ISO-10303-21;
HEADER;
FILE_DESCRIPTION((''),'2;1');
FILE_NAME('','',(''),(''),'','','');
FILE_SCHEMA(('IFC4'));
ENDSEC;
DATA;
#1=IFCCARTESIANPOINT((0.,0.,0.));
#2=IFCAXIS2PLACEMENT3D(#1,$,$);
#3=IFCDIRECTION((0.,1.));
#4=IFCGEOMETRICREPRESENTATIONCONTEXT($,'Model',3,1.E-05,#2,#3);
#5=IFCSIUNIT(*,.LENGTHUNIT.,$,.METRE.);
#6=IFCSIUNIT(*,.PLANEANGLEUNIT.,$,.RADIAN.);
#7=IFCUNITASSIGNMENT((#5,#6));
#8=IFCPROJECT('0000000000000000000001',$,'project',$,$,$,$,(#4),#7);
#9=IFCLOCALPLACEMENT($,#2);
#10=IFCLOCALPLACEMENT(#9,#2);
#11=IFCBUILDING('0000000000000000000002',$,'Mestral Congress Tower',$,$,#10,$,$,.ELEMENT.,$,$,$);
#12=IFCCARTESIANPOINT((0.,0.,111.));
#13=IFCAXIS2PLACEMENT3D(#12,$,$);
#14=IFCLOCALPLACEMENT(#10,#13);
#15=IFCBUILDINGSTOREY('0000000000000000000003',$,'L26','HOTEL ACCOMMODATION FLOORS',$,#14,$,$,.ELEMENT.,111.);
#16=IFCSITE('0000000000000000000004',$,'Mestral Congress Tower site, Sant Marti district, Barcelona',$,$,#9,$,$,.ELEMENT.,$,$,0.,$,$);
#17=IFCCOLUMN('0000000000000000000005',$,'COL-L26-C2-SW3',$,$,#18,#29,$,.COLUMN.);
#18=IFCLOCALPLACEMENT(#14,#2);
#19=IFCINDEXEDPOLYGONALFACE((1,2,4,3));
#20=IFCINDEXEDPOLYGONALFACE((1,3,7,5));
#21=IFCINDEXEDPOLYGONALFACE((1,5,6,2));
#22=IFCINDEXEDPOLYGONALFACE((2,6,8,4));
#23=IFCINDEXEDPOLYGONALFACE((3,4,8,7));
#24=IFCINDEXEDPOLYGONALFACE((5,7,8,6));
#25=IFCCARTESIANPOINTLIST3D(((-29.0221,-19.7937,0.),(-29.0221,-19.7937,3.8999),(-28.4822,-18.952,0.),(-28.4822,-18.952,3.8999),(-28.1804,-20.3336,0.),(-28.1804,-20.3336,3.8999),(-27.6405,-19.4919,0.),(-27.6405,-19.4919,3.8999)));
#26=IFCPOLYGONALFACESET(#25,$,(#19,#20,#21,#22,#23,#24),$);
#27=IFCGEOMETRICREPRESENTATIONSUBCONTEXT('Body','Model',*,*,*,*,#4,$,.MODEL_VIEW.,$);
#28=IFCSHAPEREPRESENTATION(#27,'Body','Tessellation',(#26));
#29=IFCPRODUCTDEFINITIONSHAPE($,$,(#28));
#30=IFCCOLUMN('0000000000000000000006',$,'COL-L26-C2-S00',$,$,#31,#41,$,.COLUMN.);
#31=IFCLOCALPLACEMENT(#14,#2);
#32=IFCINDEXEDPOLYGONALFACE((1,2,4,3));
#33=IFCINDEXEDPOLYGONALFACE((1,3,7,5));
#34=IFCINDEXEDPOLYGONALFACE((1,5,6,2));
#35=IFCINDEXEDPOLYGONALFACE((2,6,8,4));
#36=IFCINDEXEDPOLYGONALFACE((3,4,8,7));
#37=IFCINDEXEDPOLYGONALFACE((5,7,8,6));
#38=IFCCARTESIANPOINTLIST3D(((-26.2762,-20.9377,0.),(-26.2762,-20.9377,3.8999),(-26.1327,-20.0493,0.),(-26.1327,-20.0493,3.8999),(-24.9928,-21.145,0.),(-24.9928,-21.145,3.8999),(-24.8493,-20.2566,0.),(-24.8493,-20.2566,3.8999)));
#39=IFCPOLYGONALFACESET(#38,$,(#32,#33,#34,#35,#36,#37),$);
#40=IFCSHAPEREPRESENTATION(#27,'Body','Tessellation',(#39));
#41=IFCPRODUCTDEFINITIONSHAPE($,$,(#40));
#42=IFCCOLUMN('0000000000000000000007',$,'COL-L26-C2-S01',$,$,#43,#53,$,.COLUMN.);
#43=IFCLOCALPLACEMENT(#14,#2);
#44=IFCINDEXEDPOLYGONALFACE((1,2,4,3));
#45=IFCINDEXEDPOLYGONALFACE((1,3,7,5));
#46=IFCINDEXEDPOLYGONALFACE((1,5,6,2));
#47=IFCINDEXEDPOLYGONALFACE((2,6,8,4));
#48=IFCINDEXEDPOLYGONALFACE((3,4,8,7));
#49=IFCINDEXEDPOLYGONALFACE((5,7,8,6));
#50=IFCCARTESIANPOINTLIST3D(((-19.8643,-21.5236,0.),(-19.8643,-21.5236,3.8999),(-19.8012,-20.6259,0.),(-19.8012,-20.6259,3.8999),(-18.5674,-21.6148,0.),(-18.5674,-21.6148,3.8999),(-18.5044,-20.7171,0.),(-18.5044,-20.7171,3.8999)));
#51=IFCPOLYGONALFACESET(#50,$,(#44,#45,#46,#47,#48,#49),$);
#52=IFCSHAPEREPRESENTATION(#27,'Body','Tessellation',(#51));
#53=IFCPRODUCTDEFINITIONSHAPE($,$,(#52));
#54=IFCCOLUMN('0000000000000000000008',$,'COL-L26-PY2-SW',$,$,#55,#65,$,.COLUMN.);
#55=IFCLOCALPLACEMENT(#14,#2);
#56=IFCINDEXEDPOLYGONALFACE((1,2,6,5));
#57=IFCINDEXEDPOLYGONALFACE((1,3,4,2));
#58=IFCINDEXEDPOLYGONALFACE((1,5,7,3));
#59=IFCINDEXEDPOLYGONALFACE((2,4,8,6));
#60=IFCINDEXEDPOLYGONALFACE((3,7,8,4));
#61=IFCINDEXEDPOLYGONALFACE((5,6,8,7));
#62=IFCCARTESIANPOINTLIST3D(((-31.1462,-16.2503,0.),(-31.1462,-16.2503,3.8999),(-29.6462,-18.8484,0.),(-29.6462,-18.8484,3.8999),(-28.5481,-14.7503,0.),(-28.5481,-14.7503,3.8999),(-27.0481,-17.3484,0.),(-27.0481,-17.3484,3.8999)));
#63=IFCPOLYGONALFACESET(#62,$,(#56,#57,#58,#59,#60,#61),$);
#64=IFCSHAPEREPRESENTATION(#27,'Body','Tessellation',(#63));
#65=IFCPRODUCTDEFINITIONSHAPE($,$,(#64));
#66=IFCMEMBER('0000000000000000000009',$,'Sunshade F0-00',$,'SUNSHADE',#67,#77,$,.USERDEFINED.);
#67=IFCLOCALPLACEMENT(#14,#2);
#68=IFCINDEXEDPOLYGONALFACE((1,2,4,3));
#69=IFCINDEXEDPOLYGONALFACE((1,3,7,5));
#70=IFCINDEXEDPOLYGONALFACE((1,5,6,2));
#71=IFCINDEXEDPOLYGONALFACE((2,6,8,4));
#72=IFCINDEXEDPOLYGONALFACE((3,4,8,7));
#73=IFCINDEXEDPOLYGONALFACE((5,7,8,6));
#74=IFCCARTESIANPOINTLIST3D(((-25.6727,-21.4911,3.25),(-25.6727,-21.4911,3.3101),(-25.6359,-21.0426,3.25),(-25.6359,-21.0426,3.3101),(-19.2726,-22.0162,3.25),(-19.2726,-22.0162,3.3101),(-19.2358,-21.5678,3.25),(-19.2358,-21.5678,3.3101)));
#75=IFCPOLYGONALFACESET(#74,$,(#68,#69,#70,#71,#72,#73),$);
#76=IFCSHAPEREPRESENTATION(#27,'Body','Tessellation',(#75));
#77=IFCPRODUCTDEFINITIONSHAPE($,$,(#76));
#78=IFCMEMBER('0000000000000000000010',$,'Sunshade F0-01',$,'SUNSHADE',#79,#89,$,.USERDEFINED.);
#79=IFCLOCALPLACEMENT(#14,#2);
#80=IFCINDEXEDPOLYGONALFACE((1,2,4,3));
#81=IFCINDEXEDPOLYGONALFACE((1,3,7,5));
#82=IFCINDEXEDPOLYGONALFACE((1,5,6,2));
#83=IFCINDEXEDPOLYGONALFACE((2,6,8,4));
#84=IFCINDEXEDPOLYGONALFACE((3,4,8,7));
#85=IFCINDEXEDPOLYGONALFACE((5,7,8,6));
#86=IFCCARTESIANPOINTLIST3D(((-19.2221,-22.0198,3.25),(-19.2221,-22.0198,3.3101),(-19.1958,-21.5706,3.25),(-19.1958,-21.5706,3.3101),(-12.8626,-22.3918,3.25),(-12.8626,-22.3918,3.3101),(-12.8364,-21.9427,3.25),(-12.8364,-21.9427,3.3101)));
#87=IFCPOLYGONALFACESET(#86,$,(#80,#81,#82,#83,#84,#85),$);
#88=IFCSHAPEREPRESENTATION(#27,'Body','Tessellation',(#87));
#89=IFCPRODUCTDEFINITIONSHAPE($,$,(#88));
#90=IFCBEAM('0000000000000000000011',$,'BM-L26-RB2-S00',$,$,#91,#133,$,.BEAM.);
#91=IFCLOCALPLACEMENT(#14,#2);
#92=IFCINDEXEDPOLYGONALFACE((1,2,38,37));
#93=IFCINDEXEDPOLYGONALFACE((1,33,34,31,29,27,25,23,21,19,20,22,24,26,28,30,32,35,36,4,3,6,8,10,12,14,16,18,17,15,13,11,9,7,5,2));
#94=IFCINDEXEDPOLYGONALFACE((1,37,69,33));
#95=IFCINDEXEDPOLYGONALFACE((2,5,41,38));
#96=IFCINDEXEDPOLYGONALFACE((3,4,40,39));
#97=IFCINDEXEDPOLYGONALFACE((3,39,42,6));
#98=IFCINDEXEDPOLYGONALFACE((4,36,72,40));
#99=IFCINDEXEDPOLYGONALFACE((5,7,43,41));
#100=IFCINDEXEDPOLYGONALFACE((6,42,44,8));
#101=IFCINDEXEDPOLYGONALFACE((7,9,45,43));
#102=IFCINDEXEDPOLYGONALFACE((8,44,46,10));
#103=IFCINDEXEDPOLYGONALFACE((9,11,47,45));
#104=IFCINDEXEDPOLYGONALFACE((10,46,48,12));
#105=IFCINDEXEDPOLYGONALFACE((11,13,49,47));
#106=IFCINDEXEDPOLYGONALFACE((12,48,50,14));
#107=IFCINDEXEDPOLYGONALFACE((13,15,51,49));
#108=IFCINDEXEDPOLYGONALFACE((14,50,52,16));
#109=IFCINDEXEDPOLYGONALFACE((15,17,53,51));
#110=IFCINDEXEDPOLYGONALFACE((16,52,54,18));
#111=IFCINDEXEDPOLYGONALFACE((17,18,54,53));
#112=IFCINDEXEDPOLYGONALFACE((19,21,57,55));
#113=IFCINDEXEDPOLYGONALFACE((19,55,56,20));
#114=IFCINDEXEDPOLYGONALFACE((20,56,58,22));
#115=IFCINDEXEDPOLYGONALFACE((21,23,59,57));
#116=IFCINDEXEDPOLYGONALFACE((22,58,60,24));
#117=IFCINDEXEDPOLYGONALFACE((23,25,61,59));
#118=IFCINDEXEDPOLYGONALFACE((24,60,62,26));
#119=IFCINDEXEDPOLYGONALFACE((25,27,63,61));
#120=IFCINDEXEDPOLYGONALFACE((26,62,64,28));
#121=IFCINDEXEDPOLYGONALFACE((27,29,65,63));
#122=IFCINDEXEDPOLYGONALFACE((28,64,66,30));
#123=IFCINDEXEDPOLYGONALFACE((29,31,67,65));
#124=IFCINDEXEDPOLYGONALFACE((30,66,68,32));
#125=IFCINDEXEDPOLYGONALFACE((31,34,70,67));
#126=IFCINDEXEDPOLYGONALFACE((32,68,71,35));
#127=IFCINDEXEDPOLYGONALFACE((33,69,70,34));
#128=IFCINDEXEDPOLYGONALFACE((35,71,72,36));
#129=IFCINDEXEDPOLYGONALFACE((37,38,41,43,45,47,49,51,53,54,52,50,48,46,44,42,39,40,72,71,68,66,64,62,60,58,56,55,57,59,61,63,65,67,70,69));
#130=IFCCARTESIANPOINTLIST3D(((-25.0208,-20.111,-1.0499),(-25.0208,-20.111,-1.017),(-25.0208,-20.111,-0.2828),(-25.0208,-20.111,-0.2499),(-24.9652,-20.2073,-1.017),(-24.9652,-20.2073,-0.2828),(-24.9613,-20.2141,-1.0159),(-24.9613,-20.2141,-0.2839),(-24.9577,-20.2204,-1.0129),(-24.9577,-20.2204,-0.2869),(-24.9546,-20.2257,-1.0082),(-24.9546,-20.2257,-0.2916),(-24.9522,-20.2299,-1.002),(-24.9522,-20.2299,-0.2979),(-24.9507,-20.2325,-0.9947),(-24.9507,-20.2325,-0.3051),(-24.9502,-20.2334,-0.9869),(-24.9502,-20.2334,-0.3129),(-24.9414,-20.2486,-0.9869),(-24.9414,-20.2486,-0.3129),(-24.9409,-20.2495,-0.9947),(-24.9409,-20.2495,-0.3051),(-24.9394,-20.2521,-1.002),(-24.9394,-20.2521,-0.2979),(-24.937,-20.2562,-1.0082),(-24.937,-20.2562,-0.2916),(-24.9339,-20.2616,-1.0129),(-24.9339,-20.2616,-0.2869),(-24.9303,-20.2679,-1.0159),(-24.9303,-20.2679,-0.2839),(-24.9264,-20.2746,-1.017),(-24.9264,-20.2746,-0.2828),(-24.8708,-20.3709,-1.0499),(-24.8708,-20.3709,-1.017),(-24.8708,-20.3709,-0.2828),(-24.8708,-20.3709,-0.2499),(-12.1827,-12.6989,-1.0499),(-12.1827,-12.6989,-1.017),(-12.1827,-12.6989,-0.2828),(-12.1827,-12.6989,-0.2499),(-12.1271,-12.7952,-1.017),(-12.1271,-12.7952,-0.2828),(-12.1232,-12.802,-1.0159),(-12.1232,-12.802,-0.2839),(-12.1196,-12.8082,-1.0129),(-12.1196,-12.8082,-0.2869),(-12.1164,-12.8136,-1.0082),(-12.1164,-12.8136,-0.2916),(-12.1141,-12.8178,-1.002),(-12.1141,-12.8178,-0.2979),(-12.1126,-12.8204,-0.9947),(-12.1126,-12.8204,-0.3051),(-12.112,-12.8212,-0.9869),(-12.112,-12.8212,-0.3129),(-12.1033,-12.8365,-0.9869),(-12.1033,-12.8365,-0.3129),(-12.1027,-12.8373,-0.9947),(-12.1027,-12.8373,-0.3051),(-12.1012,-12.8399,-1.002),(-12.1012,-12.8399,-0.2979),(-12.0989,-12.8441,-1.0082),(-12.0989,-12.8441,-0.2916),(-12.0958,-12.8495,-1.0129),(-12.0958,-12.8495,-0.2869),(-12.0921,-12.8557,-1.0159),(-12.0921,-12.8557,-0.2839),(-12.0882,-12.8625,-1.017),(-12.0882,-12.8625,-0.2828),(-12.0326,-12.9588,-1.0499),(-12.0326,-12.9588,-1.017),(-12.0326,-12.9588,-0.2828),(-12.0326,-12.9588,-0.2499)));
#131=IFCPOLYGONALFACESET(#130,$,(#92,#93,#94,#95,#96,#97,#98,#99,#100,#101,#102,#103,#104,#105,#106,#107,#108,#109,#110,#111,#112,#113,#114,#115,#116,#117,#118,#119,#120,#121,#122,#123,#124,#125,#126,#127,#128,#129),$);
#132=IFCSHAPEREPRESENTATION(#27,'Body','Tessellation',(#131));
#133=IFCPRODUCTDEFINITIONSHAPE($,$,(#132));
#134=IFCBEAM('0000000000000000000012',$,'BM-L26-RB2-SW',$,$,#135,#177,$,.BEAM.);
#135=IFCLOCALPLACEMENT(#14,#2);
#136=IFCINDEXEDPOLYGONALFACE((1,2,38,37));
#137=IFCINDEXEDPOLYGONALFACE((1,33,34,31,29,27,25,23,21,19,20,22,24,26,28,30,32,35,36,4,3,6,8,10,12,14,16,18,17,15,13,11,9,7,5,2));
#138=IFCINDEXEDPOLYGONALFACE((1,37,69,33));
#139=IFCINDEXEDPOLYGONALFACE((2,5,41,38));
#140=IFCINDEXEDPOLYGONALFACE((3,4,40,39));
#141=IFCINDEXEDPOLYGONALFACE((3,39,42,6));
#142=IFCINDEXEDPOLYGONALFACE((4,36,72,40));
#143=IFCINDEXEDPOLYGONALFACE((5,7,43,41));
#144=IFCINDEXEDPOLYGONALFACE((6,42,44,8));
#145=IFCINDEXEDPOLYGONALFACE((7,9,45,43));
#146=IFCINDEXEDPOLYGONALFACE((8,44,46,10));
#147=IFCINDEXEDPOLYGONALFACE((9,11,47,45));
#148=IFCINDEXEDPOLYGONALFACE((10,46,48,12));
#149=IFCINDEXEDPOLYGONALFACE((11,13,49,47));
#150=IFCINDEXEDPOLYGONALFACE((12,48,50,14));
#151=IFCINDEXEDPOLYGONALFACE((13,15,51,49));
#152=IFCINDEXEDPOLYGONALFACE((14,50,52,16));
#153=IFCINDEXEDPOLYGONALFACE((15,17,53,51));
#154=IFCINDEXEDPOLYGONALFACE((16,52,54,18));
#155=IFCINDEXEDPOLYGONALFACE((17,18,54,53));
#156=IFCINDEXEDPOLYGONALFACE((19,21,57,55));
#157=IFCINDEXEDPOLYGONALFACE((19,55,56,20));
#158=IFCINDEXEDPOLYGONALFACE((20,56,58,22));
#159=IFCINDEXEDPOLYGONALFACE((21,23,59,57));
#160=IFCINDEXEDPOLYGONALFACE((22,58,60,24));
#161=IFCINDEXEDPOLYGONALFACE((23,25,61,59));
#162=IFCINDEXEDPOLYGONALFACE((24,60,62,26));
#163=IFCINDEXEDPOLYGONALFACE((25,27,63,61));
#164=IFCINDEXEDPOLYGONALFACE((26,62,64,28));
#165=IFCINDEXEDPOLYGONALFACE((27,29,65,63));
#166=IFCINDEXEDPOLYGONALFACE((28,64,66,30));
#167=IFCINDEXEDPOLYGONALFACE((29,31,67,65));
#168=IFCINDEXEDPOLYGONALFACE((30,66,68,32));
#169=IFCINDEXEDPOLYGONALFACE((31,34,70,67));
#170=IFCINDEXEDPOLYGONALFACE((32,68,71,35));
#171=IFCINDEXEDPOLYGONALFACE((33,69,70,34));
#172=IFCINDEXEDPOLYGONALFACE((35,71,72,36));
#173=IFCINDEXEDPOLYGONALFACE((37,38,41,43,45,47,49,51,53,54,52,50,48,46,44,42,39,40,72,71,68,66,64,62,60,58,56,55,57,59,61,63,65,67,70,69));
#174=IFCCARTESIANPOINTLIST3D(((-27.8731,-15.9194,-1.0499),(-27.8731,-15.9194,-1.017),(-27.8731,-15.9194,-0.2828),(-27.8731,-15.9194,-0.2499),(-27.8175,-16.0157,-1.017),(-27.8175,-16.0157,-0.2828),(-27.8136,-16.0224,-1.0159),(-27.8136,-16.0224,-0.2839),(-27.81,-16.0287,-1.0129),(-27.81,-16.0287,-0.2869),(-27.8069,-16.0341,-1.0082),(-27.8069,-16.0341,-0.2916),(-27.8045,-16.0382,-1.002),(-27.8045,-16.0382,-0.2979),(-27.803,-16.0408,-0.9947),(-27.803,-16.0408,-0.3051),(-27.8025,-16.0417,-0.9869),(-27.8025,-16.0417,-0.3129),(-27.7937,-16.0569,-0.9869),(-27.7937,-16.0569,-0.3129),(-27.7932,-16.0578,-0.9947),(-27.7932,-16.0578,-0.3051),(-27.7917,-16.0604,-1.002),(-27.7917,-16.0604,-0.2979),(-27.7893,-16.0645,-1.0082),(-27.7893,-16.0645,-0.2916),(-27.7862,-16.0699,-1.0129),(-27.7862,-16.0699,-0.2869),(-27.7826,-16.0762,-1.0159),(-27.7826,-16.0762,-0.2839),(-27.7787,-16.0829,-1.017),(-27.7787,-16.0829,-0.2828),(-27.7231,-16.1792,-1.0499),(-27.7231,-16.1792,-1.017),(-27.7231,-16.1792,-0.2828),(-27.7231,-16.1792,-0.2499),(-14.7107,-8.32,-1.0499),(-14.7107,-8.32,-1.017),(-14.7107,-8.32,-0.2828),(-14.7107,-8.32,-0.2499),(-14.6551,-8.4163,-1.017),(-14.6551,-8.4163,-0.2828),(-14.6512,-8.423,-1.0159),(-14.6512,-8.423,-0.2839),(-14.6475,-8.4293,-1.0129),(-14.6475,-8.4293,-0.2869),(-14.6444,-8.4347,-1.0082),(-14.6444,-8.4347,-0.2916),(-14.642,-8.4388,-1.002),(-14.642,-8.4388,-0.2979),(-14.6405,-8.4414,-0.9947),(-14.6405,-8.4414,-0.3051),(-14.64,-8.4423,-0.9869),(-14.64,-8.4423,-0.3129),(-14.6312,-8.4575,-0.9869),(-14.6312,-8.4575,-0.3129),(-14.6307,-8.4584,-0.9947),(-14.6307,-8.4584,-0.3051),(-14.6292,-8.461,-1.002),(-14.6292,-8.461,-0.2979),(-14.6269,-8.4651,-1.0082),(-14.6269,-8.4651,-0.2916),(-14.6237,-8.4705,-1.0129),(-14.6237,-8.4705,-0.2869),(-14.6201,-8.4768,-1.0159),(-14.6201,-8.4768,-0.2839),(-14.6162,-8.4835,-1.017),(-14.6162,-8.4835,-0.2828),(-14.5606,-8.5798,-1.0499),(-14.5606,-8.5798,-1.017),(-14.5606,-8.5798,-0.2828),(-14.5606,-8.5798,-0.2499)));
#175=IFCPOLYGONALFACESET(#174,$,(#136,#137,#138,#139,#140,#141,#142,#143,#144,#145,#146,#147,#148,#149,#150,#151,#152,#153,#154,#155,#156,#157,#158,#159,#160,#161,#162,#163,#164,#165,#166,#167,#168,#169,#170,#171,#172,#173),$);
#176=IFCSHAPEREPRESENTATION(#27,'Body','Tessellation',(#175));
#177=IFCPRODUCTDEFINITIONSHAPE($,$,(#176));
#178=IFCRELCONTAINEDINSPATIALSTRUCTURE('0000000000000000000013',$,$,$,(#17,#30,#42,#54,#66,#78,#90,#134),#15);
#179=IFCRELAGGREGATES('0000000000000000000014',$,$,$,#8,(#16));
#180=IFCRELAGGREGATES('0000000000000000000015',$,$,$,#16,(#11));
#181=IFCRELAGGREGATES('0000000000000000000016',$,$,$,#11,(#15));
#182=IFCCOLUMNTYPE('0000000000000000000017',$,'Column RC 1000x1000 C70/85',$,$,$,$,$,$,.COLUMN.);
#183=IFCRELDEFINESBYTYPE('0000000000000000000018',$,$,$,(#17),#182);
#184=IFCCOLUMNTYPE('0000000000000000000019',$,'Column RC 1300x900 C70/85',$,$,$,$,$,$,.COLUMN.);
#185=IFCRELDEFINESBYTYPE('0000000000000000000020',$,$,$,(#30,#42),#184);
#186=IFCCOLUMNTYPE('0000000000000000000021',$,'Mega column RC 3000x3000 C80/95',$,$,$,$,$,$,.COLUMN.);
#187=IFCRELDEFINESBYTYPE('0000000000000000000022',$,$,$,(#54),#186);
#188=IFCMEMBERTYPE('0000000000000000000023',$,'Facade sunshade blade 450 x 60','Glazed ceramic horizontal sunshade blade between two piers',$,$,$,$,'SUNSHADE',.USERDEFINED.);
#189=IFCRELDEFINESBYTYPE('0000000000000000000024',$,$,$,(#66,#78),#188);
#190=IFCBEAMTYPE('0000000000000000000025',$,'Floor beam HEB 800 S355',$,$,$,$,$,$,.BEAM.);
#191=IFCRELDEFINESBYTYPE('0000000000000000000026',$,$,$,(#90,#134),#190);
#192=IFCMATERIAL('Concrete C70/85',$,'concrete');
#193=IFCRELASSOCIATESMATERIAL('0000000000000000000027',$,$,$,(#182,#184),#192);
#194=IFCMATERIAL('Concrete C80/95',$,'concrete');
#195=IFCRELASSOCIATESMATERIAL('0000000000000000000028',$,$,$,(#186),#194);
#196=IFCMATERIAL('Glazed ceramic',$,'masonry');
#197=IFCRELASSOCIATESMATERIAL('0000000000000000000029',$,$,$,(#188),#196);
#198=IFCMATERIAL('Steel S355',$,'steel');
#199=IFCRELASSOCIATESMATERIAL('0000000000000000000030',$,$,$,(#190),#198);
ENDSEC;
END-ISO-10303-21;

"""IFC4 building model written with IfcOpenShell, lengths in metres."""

from ifc_helpers import new_model, si_unit, direction, frame, origin, origin_2d, place, context, subcontext, project, spatial, rectangle, i_section, extrude, material, material_profile, profile_set, type_object, element, save


model = new_model("IFC4")

# Units and contexts
model_context = context("Model", 3, precision=1e-05, world=origin(), true_north=direction((0.0, 1.0)))
body_context = subcontext(model_context, "Body", "Model", "MODEL_VIEW")
ifc_project = project(units=[si_unit("LENGTHUNIT", "METRE"), si_unit("PLANEANGLEUNIT", "RADIAN")], contexts=[model_context])

# Site, building, storey
site_placement = place(None, origin())
site = spatial("IfcSite", under=ifc_project, at=site_placement, Name="Mestral Congress Tower site, Sant Marti district, Barcelona", CompositionType="ELEMENT", RefElevation=0.0)
building_placement = place(site_placement, origin())
building = spatial("IfcBuilding", under=site, at=building_placement, Name="Mestral Congress Tower", CompositionType="ELEMENT")
storey_placement = place(building_placement, frame((0.0, 0.0, 111.0)))
storey = spatial("IfcBuildingStorey", under=building, at=storey_placement, Name="L26", Description="HOTEL ACCOMMODATION FLOORS", CompositionType="ELEMENT", Elevation=111.0)

# Columns
ifc_material_1 = material(Name="Concrete C70/85", Category="concrete")
ifc_material_profile_1 = material_profile(ifc_material_1, rectangle(XDim=1.0, YDim=1.0, at=origin_2d()), Name="RC 1000x1000")
ifc_profile_set_1 = profile_set([ifc_material_profile_1], Name="Concrete C70/85")
column_type_1 = type_object("IfcColumnType", Name="Column RC 1000x1000 C70/85", PredefinedType="COLUMN", material=ifc_profile_set_1)
column_1_placement = place(storey_placement, frame((-28.3313, -19.6428, 0.0), z_axis=(0.0, 0.0, 1.0), x_axis=(0.8417, -0.539945, 0.0)))
element("IfcColumn", 1, at=column_1_placement, inside=storey, type_object=column_type_1, Name="COL-L26-C2-SW3", PredefinedType="COLUMN", context=body_context, shape_type="SweptSolid", body=[
    extrude(rectangle(XDim=1.0, YDim=1.0, at=origin_2d()), origin(), (0.0, 0.0, 1.0), 3.8999),
])
ifc_material_profile_2 = material_profile(ifc_material_1, rectangle(XDim=1.3, YDim=0.8999, at=origin_2d()), Name="RC 1300x900")
ifc_profile_set_2 = profile_set([ifc_material_profile_2], Name="Concrete C70/85")
column_type_2 = type_object("IfcColumnType", Name="Column RC 1300x900 C70/85", PredefinedType="COLUMN", material=ifc_profile_set_2)
for number, where, z_axis, x_axis, name in (
    (2, (-25.5627, -20.5972, 0.0), (0.0, 0.0, 1.0), (0.987202, -0.159473, 0.0), "COL-L26-C2-S00"),
    (3, (-19.1843, -21.1204, 0.0), (0.0, 0.0, 1.0), (0.99754, -0.070101, 0.0), "COL-L26-C2-S01"),
):
    element("IfcColumn", number, at=place(storey_placement, frame(where, z_axis=z_axis, x_axis=x_axis)), inside=storey, type_object=column_type_2, Name=name, PredefinedType="COLUMN", context=body_context, shape_type="SweptSolid", body=[
        extrude(rectangle(XDim=1.3, YDim=0.8999, at=origin_2d()), origin(), (0.0, 0.0, 1.0), 3.8999),
    ])
ifc_material_2 = material(Name="Concrete C80/95", Category="concrete")
ifc_material_profile_3 = material_profile(ifc_material_2, rectangle(XDim=3.0, YDim=3.0, at=origin_2d()), Name="RC 3000x3000")
ifc_profile_set_3 = profile_set([ifc_material_profile_3], Name="Concrete C80/95")
column_type_3 = type_object("IfcColumnType", Name="Mega column RC 3000x3000 C80/95", PredefinedType="COLUMN", material=ifc_profile_set_3)
column_2_placement = place(storey_placement, frame((-29.0972, -16.7993, 0.0), z_axis=(0.0, 0.0, 1.0), x_axis=(-0.866025, -0.5, 0.0)))
element("IfcColumn", 4, at=column_2_placement, inside=storey, type_object=column_type_3, Name="COL-L26-PY2-SW", PredefinedType="COLUMN", context=body_context, shape_type="SweptSolid", body=[
    extrude(rectangle(XDim=3.0, YDim=3.0, at=origin_2d()), origin(), (0.0, 0.0, 1.0), 3.8999),
])

# Members
ifc_material_3 = material(Name="Glazed ceramic", Category="masonry")
ifc_material_profile_4 = material_profile(ifc_material_3, rectangle(XDim=0.45, YDim=0.0601, at=origin_2d()), Name="Ceramic blade 450 x 60")
ifc_profile_set_4 = profile_set([ifc_material_profile_4], Name="Glazed ceramic")
member_type = type_object("IfcMemberType", Name="Facade sunshade blade 450 x 60", Description="Glazed ceramic horizontal sunshade blade between two piers", ElementType="SUNSHADE", PredefinedType="USERDEFINED", material=ifc_profile_set_4)
member_1_placement = place(storey_placement, frame((-25.6543, -21.2668, 3.28), z_axis=(0.996651, -0.081777, 0.0), x_axis=(0.081777, 0.996651, 0.0)))
element("IfcMember", 5, at=member_1_placement, inside=storey, type_object=member_type, Name="Sunshade F0-00", ObjectType="SUNSHADE", PredefinedType="USERDEFINED", context=body_context, shape_type="SweptSolid", body=[
    extrude(rectangle(XDim=0.45, YDim=0.0601, at=origin_2d()), origin(), (0.0, 0.0, 1.0), 6.4216),
])
member_2_placement = place(storey_placement, frame((-19.209, -21.7952, 3.28), z_axis=(0.998293, -0.058407, 0.0), x_axis=(0.058407, 0.998293, 0.0)))
element("IfcMember", 6, at=member_2_placement, inside=storey, type_object=member_type, Name="Sunshade F0-01", ObjectType="SUNSHADE", PredefinedType="USERDEFINED", context=body_context, shape_type="SweptSolid", body=[
    extrude(rectangle(XDim=0.45, YDim=0.0601, at=origin_2d()), origin(), (0.0, 0.0, 1.0), 6.3704),
])

# Beams
ifc_material_4 = material(Name="Steel S355", Category="steel")
ifc_material_profile_5 = material_profile(ifc_material_4, i_section(OverallWidth=0.3, OverallDepth=0.8, WebThickness=0.0176, FlangeThickness=0.033, FilletRadius=0.03, at=origin_2d()), Name="HEB 800")
ifc_profile_set_5 = profile_set([ifc_material_profile_5], Name="Steel S355")
beam_type_1 = type_object("IfcBeamType", Name="Floor beam HEB 800 S355", PredefinedType="BEAM", material=ifc_profile_set_5)
beam_1_placement = place(storey_placement, frame((-24.9458, -20.241, -0.6499), z_axis=(0.866025, 0.5, 0.0), x_axis=(-0.5, 0.866025, 0.0)))
element("IfcBeam", 7, at=beam_1_placement, inside=storey, type_object=beam_type_1, Name="BM-L26-RB2-S00", PredefinedType="BEAM", context=body_context, shape_type="SweptSolid", body=[
    extrude(i_section(OverallWidth=0.3, OverallDepth=0.8, WebThickness=0.0176, FlangeThickness=0.033, FilletRadius=0.03, at=origin_2d()), origin(), (0.0, 0.0, 1.0), 14.8242),
])
beam_2_placement = place(storey_placement, frame((-27.7981, -16.0493, -0.6499), z_axis=(0.866023, 0.500004, 0.0), x_axis=(-0.500004, 0.866023, 0.0)))
element("IfcBeam", 8, at=beam_2_placement, inside=storey, type_object=beam_type_1, Name="BM-L26-RB2-SW", PredefinedType="BEAM", context=body_context, shape_type="SweptSolid", body=[
    extrude(i_section(OverallWidth=0.3, OverallDepth=0.8, WebThickness=0.0176, FlangeThickness=0.033, FilletRadius=0.03, at=origin_2d()), origin(), (0.0, 0.0, 1.0), 15.1987),
])

save(model, "model.ifc")
